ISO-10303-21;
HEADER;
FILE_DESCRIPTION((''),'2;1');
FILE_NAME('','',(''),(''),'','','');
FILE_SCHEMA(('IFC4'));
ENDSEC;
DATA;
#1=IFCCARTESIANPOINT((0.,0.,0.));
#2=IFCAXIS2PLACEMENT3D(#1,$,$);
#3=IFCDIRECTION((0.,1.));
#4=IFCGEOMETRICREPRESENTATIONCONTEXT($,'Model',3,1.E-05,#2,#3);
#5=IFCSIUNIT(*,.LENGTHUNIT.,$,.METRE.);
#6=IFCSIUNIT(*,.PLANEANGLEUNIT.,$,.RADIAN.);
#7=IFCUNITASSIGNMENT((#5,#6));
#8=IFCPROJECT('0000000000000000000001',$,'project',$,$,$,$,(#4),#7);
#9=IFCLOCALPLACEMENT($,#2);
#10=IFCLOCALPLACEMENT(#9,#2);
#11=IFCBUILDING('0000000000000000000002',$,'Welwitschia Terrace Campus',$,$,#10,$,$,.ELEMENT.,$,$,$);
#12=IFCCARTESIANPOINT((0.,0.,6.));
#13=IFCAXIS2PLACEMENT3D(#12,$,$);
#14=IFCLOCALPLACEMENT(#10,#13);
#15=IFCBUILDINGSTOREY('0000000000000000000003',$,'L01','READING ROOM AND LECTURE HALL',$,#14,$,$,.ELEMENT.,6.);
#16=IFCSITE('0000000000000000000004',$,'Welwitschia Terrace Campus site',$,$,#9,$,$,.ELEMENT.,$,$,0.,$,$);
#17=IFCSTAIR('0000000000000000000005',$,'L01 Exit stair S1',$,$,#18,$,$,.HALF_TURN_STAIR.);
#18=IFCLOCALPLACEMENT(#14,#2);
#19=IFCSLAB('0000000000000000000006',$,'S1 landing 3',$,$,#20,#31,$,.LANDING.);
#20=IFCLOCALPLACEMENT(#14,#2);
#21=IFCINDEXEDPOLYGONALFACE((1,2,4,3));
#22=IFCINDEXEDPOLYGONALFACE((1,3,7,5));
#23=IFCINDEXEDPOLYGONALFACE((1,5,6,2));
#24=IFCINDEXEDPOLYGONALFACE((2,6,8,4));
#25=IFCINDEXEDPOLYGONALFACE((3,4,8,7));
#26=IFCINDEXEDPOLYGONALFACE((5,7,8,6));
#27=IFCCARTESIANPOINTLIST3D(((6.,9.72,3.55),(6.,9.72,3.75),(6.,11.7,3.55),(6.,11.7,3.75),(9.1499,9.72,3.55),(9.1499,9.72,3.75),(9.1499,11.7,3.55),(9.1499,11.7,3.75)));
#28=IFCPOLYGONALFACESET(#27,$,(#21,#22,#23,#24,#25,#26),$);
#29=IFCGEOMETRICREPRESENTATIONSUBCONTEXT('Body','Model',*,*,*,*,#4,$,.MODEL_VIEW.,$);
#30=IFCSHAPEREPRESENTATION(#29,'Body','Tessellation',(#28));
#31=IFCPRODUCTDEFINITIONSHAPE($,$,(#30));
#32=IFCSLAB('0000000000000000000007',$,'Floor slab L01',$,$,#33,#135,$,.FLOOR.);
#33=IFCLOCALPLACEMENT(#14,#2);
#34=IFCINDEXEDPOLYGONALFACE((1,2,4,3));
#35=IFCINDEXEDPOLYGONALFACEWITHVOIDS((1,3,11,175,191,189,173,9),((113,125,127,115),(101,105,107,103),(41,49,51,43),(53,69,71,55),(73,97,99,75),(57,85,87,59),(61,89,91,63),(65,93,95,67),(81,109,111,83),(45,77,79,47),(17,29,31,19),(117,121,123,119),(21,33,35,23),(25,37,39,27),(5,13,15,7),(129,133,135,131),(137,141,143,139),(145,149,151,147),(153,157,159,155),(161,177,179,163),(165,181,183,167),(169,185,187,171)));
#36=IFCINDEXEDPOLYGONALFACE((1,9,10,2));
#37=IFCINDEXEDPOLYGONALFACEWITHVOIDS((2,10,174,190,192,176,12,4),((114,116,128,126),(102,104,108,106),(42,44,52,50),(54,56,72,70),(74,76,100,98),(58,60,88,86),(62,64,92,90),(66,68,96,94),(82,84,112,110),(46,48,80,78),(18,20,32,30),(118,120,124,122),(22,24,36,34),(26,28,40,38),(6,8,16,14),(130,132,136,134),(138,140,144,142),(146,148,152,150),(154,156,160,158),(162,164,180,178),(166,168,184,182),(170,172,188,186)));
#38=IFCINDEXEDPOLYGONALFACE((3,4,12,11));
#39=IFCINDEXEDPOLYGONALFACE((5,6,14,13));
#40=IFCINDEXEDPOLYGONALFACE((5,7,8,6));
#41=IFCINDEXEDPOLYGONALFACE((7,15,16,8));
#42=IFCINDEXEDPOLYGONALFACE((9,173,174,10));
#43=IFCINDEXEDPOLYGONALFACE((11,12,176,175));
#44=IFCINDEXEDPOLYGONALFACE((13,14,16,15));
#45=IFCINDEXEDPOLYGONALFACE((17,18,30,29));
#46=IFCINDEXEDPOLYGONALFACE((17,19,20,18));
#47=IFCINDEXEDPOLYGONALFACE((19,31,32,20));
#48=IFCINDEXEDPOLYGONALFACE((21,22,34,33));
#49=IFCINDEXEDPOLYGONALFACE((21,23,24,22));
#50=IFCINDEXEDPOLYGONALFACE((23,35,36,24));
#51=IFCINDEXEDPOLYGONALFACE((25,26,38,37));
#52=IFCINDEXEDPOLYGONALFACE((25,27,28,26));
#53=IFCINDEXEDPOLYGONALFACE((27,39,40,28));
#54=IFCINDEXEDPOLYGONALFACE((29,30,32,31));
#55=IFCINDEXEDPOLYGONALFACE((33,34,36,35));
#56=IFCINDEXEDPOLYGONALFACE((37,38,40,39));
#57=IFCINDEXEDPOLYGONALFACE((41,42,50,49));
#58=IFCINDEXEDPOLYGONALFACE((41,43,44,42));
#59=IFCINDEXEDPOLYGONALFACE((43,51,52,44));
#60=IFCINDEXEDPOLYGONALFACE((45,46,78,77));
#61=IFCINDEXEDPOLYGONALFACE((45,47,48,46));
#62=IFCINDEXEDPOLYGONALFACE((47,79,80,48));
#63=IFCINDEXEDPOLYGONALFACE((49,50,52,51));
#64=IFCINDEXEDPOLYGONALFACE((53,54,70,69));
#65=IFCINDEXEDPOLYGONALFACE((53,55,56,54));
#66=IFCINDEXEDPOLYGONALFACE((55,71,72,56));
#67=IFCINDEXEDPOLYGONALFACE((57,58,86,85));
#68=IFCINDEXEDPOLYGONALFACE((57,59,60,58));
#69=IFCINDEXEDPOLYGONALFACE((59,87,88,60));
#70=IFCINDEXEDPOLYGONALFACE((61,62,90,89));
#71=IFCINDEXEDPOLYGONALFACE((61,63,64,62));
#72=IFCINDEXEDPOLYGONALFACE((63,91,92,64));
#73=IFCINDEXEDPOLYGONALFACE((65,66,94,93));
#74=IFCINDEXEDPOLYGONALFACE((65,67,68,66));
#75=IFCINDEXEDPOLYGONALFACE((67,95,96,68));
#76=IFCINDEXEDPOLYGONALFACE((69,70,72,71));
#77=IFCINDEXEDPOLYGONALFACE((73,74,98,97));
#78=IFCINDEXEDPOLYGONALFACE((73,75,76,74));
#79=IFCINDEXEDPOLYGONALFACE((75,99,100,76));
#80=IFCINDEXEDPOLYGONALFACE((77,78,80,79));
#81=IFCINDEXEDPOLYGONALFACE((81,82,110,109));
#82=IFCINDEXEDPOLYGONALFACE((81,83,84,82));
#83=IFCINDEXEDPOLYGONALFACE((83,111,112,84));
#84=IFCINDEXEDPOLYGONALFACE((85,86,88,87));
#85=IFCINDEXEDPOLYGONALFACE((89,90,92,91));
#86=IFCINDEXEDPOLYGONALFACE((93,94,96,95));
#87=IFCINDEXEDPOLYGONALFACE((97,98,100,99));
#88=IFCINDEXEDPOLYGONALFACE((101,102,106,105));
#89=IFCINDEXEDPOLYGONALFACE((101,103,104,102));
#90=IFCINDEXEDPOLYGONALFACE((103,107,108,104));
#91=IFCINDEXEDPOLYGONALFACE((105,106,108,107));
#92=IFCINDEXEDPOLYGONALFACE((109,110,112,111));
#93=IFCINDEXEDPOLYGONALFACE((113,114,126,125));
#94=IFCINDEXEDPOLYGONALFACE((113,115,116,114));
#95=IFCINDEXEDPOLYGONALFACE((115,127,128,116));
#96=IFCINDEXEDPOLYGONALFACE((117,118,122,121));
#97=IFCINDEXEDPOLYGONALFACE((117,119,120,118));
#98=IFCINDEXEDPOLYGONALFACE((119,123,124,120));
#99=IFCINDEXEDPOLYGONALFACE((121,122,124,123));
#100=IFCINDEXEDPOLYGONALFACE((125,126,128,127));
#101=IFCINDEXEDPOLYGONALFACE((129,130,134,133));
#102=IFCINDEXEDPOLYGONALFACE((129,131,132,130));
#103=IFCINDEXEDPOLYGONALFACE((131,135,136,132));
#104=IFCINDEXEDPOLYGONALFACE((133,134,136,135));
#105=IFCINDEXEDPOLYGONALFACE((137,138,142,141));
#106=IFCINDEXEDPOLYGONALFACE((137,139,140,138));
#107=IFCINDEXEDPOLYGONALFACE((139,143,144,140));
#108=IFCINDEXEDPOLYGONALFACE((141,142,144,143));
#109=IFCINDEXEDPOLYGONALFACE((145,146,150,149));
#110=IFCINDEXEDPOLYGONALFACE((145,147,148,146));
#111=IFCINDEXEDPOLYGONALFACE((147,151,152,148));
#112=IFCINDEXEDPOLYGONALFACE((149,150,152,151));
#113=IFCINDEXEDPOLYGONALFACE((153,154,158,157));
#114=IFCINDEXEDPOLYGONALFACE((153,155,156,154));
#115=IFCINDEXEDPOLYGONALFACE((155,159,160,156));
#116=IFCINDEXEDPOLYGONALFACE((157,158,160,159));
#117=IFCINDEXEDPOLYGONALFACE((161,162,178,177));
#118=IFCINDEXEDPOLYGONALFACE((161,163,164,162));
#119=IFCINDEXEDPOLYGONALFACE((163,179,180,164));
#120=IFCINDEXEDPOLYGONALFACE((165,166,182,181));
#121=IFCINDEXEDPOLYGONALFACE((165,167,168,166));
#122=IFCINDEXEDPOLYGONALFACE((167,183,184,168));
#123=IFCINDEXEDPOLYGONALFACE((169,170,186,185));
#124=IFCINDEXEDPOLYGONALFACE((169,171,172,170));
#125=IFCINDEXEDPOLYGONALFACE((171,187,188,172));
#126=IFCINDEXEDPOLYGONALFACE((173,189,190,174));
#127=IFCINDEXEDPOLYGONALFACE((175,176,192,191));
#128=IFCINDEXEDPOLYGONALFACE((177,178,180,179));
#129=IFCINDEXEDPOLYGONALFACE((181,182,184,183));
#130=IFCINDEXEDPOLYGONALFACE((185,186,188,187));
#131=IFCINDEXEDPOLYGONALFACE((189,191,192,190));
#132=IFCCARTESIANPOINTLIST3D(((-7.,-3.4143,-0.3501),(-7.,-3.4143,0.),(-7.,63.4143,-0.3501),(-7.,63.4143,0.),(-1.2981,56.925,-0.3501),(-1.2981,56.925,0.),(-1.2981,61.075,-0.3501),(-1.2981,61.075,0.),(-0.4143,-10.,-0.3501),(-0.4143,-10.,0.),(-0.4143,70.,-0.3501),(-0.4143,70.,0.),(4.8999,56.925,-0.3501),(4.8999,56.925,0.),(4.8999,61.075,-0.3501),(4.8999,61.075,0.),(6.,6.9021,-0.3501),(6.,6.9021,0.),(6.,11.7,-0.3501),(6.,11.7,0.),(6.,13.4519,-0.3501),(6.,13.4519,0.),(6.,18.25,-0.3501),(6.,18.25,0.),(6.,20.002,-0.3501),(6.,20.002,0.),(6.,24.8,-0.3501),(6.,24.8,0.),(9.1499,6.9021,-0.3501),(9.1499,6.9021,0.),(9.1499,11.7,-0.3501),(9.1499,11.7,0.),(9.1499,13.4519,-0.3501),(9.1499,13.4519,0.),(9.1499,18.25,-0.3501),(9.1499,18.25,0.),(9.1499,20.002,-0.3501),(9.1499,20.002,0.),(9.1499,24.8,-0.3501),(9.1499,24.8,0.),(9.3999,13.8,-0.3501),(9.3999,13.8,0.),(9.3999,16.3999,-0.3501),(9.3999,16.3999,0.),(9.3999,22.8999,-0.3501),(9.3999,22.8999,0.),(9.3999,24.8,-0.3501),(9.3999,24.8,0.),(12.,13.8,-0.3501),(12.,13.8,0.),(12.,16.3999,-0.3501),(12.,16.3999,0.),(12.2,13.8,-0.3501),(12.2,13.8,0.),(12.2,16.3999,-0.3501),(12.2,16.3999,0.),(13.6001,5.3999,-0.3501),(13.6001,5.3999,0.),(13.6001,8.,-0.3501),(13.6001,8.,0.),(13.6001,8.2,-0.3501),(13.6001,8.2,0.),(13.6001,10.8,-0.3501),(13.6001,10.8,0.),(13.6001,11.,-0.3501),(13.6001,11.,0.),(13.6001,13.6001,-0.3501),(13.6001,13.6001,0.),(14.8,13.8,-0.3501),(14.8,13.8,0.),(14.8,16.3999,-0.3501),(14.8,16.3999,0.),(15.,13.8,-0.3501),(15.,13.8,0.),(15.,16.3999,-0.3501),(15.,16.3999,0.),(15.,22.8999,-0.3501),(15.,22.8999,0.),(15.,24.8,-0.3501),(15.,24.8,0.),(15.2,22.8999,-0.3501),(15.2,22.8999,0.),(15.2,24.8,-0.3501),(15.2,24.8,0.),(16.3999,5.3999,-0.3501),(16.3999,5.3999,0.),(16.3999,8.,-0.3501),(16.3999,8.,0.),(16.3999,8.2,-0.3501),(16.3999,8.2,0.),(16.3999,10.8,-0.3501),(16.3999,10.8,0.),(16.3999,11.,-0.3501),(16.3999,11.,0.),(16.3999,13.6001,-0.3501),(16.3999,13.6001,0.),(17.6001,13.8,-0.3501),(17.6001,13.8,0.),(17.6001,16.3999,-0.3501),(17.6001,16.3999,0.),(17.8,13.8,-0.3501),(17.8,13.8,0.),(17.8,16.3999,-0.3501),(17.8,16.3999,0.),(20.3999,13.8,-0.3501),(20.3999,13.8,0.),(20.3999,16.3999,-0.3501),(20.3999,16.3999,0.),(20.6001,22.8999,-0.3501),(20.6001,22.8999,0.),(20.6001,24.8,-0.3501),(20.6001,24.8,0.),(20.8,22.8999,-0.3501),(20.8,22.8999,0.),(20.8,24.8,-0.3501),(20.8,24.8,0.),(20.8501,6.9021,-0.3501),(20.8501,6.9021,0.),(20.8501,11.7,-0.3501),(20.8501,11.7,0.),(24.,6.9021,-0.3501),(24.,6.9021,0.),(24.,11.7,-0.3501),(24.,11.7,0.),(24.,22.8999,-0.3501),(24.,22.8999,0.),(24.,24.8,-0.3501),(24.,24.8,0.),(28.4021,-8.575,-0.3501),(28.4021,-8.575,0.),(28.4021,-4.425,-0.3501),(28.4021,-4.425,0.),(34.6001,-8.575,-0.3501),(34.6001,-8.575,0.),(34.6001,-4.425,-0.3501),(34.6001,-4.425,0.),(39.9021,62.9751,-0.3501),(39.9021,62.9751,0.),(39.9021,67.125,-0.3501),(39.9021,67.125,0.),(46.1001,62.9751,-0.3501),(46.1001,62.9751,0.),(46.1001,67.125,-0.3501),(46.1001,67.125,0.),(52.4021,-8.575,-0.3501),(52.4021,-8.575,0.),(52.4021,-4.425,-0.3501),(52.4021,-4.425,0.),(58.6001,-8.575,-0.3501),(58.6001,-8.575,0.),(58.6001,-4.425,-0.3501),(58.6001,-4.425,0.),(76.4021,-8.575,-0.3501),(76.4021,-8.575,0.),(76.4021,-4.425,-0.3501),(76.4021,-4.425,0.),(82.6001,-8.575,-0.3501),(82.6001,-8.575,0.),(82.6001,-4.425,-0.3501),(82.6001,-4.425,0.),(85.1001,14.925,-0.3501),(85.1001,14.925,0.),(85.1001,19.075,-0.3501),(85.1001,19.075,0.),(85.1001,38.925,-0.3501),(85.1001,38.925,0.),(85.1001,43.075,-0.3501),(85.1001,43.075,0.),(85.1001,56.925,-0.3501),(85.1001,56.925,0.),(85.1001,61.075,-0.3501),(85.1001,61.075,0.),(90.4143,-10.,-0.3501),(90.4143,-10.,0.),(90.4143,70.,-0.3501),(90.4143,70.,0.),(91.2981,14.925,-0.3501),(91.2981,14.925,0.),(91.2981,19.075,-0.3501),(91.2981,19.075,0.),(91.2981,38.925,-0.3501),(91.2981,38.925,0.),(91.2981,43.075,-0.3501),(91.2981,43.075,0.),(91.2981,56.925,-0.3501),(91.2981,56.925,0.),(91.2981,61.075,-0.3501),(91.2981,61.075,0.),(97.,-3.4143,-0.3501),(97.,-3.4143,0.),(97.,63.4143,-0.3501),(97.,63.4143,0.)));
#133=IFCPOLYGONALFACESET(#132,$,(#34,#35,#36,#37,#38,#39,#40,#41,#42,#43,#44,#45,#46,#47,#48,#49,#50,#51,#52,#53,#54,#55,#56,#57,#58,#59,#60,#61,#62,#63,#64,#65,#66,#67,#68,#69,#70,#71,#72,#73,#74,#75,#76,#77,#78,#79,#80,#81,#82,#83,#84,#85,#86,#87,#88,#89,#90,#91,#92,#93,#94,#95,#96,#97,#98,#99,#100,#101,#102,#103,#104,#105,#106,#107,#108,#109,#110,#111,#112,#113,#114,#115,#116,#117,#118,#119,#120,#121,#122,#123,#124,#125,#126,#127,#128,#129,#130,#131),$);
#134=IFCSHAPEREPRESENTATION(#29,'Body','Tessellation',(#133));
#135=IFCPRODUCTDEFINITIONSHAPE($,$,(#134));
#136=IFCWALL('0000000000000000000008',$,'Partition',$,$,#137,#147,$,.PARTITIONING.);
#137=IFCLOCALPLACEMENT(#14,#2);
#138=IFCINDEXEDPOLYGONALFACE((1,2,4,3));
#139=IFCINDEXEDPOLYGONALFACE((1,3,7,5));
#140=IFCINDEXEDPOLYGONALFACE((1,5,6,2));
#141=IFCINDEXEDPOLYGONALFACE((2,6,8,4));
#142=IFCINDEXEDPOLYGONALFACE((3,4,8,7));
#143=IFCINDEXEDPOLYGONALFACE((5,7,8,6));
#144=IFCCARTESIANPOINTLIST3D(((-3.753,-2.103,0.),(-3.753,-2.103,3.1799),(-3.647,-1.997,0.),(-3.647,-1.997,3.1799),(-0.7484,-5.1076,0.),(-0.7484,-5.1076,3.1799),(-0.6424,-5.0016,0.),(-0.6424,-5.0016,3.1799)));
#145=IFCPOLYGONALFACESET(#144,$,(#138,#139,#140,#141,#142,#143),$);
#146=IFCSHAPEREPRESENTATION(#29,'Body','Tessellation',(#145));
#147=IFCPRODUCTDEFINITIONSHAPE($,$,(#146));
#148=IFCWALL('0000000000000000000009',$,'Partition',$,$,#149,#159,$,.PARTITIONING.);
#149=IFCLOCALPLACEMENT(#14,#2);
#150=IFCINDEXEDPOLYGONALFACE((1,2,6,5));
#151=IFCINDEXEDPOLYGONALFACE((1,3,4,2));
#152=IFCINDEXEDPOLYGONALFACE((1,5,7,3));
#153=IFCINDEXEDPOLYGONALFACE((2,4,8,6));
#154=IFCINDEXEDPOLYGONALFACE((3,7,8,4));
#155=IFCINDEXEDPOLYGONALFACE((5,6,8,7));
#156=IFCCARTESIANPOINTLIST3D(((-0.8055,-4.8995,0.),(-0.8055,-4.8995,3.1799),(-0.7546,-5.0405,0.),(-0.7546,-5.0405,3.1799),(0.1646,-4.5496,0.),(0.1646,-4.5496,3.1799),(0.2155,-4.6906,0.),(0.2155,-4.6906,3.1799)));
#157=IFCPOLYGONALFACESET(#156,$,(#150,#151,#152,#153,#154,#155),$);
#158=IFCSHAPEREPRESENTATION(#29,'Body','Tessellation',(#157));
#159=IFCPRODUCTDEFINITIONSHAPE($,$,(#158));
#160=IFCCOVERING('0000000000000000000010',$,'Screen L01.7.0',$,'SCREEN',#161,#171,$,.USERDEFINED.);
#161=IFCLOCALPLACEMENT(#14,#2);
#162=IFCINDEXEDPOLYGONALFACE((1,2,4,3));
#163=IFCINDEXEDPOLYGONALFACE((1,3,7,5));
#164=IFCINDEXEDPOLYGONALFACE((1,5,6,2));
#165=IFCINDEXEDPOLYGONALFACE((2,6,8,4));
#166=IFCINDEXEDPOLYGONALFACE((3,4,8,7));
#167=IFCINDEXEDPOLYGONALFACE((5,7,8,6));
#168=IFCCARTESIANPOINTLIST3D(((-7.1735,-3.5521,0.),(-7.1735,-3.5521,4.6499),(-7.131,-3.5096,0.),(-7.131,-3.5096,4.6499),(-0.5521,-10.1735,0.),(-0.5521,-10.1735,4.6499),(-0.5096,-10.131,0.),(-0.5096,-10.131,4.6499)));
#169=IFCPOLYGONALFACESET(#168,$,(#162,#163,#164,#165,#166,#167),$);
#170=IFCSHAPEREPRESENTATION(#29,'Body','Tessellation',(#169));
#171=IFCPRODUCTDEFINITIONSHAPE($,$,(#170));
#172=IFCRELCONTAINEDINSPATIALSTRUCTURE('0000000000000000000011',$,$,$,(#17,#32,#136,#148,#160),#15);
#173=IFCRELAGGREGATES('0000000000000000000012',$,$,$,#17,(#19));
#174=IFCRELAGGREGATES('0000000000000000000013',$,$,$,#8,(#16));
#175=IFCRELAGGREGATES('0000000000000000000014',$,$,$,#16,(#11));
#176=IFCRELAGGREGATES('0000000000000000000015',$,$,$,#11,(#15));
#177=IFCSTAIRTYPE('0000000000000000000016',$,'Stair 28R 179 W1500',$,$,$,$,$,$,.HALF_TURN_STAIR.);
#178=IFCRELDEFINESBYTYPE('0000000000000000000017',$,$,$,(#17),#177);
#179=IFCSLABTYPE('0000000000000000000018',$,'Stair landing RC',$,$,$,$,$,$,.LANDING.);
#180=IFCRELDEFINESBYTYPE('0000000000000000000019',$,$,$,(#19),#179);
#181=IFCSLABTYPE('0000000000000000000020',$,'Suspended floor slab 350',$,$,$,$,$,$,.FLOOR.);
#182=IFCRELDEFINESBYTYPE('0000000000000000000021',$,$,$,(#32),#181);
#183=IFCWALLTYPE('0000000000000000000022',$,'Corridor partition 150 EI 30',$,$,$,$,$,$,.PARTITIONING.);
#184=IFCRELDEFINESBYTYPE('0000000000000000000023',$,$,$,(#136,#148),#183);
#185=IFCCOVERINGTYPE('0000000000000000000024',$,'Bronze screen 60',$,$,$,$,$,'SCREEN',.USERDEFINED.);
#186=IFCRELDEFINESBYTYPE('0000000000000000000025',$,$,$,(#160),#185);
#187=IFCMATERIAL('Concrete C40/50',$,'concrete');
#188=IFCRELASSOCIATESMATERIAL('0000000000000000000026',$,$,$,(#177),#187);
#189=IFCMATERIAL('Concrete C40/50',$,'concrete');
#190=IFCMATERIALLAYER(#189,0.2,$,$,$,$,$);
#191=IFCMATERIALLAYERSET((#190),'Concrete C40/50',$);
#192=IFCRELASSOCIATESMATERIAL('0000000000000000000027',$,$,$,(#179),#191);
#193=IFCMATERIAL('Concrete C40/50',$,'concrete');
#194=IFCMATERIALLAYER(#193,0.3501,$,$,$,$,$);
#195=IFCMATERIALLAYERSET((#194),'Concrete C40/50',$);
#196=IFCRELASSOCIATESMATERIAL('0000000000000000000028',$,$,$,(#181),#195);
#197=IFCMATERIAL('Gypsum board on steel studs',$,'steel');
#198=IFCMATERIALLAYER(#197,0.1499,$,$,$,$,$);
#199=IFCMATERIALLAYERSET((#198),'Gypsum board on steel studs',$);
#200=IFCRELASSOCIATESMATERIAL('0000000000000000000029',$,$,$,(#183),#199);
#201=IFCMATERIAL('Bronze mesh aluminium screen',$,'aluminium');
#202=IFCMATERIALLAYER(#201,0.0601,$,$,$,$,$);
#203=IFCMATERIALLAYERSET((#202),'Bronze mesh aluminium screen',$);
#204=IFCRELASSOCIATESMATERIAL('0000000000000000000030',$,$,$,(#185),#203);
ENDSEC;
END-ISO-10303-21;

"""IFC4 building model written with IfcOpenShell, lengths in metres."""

from ifc_helpers import new_model, si_unit, direction, frame, frame_2d, origin, origin_2d, place, context, subcontext, project, spatial, polyline, rectangle, outline, extrude, material, layer, layer_set, type_object, element, aggregate, save


model = new_model("IFC4")

# Units and contexts
model_context = context("Model", 3, precision=1e-05, world=origin(), true_north=direction((0.0, 1.0)))
body_context = subcontext(model_context, "Body", "Model", "MODEL_VIEW")
ifc_project = project(units=[si_unit("LENGTHUNIT", "METRE"), si_unit("PLANEANGLEUNIT", "RADIAN")], contexts=[model_context])

# Site, building, storey
site_placement = place(None, origin())
site = spatial("IfcSite", under=ifc_project, at=site_placement, Name="Welwitschia Terrace Campus site", CompositionType="ELEMENT", RefElevation=0.0)
building_placement = place(site_placement, origin())
building = spatial("IfcBuilding", under=site, at=building_placement, Name="Welwitschia Terrace Campus", CompositionType="ELEMENT")
storey_placement = place(building_placement, frame((0.0, 0.0, 6.0)))
storey = spatial("IfcBuildingStorey", under=building, at=storey_placement, Name="L01", Description="READING ROOM AND LECTURE HALL", CompositionType="ELEMENT", Elevation=6.0)

# Stair, slab
ifc_material_1 = material(Name="Concrete C40/50", Category="concrete")
stair_type_1 = type_object("IfcStairType", Name="Stair 28R 179 W1500", PredefinedType="HALF_TURN_STAIR", material=ifc_material_1)
stair_1_placement = place(storey_placement, origin())
stair_1 = element("IfcStair", 1, at=stair_1_placement, inside=storey, type_object=stair_type_1, Name="L01 Exit stair S1", PredefinedType="HALF_TURN_STAIR")
ifc_material_2 = material(Name="Concrete C40/50", Category="concrete")
ifc_layer_1 = layer(ifc_material_2, 0.2)
ifc_layer_set_1 = layer_set([ifc_layer_1], Name="Concrete C40/50")
slab_type_1 = type_object("IfcSlabType", Name="Stair landing RC", PredefinedType="LANDING", material=ifc_layer_set_1)
slab_1_placement = place(storey_placement, frame((0.0, 0.0, 3.55)))
slab_1 = element("IfcSlab", 2, at=slab_1_placement, type_object=slab_type_1, Name="S1 landing 3", PredefinedType="LANDING", context=body_context, shape_type="SweptSolid", body=[
    extrude(outline(polyline([(9.1499, 9.72), (9.1499, 11.7), (6.0, 11.7), (6.0, 9.72), (9.1499, 9.72)])), origin(), (0.0, 0.0, 1.0), 0.2),
])
aggregate(stair_1, [slab_1])

# Slab
ifc_material_3 = material(Name="Concrete C40/50", Category="concrete")
ifc_layer_2 = layer(ifc_material_3, 0.3501)
ifc_layer_set_2 = layer_set([ifc_layer_2], Name="Concrete C40/50")
slab_type_2 = type_object("IfcSlabType", Name="Suspended floor slab 350", PredefinedType="FLOOR", material=ifc_layer_set_2)
slab_2_placement = place(storey_placement, frame((0.0, 0.0, -0.3501)))
element("IfcSlab", 3, at=slab_2_placement, inside=storey, type_object=slab_type_2, Name="Floor slab L01", PredefinedType="FLOOR", context=body_context, shape_type="SweptSolid", body=[
    extrude(outline(polyline([(-7.0, -3.4143), (-7.0, 63.4143), (-0.4143, 70.0), (90.4143, 70.0), (97.0, 63.4143), (97.0, -3.4143), (90.4143, -10.0), (-0.4143, -10.0), (-7.0, -3.4143)]), holes=[polyline([(16.3999, 8.0), (13.6001, 8.0), (13.6001, 5.3999), (16.3999, 5.3999), (16.3999, 8.0)]), polyline([(9.1499, 11.7), (6.0, 11.7), (6.0, 6.9021), (9.1499, 6.9021), (9.1499, 11.7)]), polyline([(16.3999, 10.8), (13.6001, 10.8), (13.6001, 8.2), (16.3999, 8.2), (16.3999, 10.8)]), polyline([(16.3999, 11.0), (16.3999, 13.6001), (13.6001, 13.6001), (13.6001, 11.0), (16.3999, 11.0)]), polyline([(12.0, 13.8), (12.0, 16.3999), (9.3999, 16.3999), (9.3999, 13.8), (12.0, 13.8)]), polyline([(14.8, 16.3999), (12.2, 16.3999), (12.2, 13.8), (14.8, 13.8), (14.8, 16.3999)]), polyline([(17.6001, 13.8), (17.6001, 16.3999), (15.0, 16.3999), (15.0, 13.8), (17.6001, 13.8)]), polyline([(9.1499, 13.4519), (9.1499, 18.25), (6.0, 18.25), (6.0, 13.4519), (9.1499, 13.4519)]), polyline([(9.1499, 24.8), (6.0, 24.8), (6.0, 20.002), (9.1499, 20.002), (9.1499, 24.8)]), polyline([(15.0, 22.8999), (15.0, 24.8), (9.3999, 24.8), (9.3999, 22.8999), (15.0, 22.8999)]), polyline([(4.8999, 56.925), (4.8999, 61.075), (-1.2981, 61.075), (-1.2981, 56.925), (4.8999, 56.925)]), polyline([(34.6001, -4.425), (28.4021, -4.425), (28.4021, -8.575), (34.6001, -8.575), (34.6001, -4.425)]), polyline([(58.6001, -4.425), (52.4021, -4.425), (52.4021, -8.575), (58.6001, -8.575), (58.6001, -4.425)]), polyline([(82.6001, -4.425), (76.4021, -4.425), (76.4021, -8.575), (82.6001, -8.575), (82.6001, -4.425)]), polyline([(24.0, 6.9021), (24.0, 11.7), (20.8501, 11.7), (20.8501, 6.9021), (24.0, 6.9021)]), polyline([(20.3999, 13.8), (20.3999, 16.3999), (17.8, 16.3999), (17.8, 13.8), (20.3999, 13.8)]), polyline([(91.2981, 19.075), (85.1001, 19.075), (85.1001, 14.925), (91.2981, 14.925), (91.2981, 19.075)]), polyline([(20.6001, 22.8999), (20.6001, 24.8), (15.2, 24.8), (15.2, 22.8999), (20.6001, 22.8999)]), polyline([(24.0, 22.8999), (24.0, 24.8), (20.8, 24.8), (20.8, 22.8999), (24.0, 22.8999)]), polyline([(91.2981, 43.075), (85.1001, 43.075), (85.1001, 38.925), (91.2981, 38.925), (91.2981, 43.075)]), polyline([(91.2981, 56.925), (91.2981, 61.075), (85.1001, 61.075), (85.1001, 56.925), (91.2981, 56.925)]), polyline([(46.1001, 62.9751), (46.1001, 67.125), (39.9021, 67.125), (39.9021, 62.9751), (46.1001, 62.9751)])]), origin(), (0.0, 0.0, 1.0), 0.3501),
])

# Walls
ifc_material_4 = material(Name="Gypsum board on steel studs", Category="steel")
ifc_layer_3 = layer(ifc_material_4, 0.1499)
ifc_layer_set_3 = layer_set([ifc_layer_3], Name="Gypsum board on steel studs")
wall_type = type_object("IfcWallType", Name="Corridor partition 150 EI 30", PredefinedType="PARTITIONING", material=ifc_layer_set_3)
wall_1_placement = place(storey_placement, frame((-3.7, -2.05, 0.0), z_axis=(0.0, 0.0, 1.0), x_axis=(0.707107, -0.707107, 0.0)))
element("IfcWall", 4, at=wall_1_placement, inside=storey, type_object=wall_type, Name="Partition", PredefinedType="PARTITIONING", context=body_context, shape_type="SweptSolid", body=[
    extrude(rectangle(XDim=4.2493, YDim=0.1499, at=frame_2d((2.1245, 0.0))), origin(), (0.0, 0.0, 1.0), 3.1799),
])
wall_2_placement = place(storey_placement, frame((-0.78, -4.97, 0.0), z_axis=(0.0, 0.0, 1.0), x_axis=(0.940682, 0.33929, 0.0)))
element("IfcWall", 5, at=wall_2_placement, inside=storey, type_object=wall_type, Name="Partition", PredefinedType="PARTITIONING", context=body_context, shape_type="SweptSolid", body=[
    extrude(rectangle(XDim=1.0312, YDim=0.1499, at=frame_2d((0.5156, 0.0))), origin(), (0.0, 0.0, 1.0), 3.1799),
])

# Covering
ifc_material_5 = material(Name="Bronze mesh aluminium screen", Category="aluminium")
ifc_layer_4 = layer(ifc_material_5, 0.0601)
ifc_layer_set_4 = layer_set([ifc_layer_4], Name="Bronze mesh aluminium screen")
covering_type_1 = type_object("IfcCoveringType", Name="Bronze screen 60", ElementType="SCREEN", PredefinedType="USERDEFINED", material=ifc_layer_set_4)
covering_1_placement = place(storey_placement, frame((-3.8416, -6.8416, 0.0), z_axis=(0.0, 0.0, 1.0), x_axis=(0.707107, -0.707107, 0.0)))
element("IfcCovering", 6, at=covering_1_placement, inside=storey, type_object=covering_type_1, Name="Screen L01.7.0", ObjectType="SCREEN", PredefinedType="USERDEFINED", context=body_context, shape_type="SweptSolid", body=[
    extrude(rectangle(XDim=9.364, YDim=0.0601, at=origin_2d()), origin(), (0.0, 0.0, 1.0), 4.6499),
])

save(model, "model.ifc")
